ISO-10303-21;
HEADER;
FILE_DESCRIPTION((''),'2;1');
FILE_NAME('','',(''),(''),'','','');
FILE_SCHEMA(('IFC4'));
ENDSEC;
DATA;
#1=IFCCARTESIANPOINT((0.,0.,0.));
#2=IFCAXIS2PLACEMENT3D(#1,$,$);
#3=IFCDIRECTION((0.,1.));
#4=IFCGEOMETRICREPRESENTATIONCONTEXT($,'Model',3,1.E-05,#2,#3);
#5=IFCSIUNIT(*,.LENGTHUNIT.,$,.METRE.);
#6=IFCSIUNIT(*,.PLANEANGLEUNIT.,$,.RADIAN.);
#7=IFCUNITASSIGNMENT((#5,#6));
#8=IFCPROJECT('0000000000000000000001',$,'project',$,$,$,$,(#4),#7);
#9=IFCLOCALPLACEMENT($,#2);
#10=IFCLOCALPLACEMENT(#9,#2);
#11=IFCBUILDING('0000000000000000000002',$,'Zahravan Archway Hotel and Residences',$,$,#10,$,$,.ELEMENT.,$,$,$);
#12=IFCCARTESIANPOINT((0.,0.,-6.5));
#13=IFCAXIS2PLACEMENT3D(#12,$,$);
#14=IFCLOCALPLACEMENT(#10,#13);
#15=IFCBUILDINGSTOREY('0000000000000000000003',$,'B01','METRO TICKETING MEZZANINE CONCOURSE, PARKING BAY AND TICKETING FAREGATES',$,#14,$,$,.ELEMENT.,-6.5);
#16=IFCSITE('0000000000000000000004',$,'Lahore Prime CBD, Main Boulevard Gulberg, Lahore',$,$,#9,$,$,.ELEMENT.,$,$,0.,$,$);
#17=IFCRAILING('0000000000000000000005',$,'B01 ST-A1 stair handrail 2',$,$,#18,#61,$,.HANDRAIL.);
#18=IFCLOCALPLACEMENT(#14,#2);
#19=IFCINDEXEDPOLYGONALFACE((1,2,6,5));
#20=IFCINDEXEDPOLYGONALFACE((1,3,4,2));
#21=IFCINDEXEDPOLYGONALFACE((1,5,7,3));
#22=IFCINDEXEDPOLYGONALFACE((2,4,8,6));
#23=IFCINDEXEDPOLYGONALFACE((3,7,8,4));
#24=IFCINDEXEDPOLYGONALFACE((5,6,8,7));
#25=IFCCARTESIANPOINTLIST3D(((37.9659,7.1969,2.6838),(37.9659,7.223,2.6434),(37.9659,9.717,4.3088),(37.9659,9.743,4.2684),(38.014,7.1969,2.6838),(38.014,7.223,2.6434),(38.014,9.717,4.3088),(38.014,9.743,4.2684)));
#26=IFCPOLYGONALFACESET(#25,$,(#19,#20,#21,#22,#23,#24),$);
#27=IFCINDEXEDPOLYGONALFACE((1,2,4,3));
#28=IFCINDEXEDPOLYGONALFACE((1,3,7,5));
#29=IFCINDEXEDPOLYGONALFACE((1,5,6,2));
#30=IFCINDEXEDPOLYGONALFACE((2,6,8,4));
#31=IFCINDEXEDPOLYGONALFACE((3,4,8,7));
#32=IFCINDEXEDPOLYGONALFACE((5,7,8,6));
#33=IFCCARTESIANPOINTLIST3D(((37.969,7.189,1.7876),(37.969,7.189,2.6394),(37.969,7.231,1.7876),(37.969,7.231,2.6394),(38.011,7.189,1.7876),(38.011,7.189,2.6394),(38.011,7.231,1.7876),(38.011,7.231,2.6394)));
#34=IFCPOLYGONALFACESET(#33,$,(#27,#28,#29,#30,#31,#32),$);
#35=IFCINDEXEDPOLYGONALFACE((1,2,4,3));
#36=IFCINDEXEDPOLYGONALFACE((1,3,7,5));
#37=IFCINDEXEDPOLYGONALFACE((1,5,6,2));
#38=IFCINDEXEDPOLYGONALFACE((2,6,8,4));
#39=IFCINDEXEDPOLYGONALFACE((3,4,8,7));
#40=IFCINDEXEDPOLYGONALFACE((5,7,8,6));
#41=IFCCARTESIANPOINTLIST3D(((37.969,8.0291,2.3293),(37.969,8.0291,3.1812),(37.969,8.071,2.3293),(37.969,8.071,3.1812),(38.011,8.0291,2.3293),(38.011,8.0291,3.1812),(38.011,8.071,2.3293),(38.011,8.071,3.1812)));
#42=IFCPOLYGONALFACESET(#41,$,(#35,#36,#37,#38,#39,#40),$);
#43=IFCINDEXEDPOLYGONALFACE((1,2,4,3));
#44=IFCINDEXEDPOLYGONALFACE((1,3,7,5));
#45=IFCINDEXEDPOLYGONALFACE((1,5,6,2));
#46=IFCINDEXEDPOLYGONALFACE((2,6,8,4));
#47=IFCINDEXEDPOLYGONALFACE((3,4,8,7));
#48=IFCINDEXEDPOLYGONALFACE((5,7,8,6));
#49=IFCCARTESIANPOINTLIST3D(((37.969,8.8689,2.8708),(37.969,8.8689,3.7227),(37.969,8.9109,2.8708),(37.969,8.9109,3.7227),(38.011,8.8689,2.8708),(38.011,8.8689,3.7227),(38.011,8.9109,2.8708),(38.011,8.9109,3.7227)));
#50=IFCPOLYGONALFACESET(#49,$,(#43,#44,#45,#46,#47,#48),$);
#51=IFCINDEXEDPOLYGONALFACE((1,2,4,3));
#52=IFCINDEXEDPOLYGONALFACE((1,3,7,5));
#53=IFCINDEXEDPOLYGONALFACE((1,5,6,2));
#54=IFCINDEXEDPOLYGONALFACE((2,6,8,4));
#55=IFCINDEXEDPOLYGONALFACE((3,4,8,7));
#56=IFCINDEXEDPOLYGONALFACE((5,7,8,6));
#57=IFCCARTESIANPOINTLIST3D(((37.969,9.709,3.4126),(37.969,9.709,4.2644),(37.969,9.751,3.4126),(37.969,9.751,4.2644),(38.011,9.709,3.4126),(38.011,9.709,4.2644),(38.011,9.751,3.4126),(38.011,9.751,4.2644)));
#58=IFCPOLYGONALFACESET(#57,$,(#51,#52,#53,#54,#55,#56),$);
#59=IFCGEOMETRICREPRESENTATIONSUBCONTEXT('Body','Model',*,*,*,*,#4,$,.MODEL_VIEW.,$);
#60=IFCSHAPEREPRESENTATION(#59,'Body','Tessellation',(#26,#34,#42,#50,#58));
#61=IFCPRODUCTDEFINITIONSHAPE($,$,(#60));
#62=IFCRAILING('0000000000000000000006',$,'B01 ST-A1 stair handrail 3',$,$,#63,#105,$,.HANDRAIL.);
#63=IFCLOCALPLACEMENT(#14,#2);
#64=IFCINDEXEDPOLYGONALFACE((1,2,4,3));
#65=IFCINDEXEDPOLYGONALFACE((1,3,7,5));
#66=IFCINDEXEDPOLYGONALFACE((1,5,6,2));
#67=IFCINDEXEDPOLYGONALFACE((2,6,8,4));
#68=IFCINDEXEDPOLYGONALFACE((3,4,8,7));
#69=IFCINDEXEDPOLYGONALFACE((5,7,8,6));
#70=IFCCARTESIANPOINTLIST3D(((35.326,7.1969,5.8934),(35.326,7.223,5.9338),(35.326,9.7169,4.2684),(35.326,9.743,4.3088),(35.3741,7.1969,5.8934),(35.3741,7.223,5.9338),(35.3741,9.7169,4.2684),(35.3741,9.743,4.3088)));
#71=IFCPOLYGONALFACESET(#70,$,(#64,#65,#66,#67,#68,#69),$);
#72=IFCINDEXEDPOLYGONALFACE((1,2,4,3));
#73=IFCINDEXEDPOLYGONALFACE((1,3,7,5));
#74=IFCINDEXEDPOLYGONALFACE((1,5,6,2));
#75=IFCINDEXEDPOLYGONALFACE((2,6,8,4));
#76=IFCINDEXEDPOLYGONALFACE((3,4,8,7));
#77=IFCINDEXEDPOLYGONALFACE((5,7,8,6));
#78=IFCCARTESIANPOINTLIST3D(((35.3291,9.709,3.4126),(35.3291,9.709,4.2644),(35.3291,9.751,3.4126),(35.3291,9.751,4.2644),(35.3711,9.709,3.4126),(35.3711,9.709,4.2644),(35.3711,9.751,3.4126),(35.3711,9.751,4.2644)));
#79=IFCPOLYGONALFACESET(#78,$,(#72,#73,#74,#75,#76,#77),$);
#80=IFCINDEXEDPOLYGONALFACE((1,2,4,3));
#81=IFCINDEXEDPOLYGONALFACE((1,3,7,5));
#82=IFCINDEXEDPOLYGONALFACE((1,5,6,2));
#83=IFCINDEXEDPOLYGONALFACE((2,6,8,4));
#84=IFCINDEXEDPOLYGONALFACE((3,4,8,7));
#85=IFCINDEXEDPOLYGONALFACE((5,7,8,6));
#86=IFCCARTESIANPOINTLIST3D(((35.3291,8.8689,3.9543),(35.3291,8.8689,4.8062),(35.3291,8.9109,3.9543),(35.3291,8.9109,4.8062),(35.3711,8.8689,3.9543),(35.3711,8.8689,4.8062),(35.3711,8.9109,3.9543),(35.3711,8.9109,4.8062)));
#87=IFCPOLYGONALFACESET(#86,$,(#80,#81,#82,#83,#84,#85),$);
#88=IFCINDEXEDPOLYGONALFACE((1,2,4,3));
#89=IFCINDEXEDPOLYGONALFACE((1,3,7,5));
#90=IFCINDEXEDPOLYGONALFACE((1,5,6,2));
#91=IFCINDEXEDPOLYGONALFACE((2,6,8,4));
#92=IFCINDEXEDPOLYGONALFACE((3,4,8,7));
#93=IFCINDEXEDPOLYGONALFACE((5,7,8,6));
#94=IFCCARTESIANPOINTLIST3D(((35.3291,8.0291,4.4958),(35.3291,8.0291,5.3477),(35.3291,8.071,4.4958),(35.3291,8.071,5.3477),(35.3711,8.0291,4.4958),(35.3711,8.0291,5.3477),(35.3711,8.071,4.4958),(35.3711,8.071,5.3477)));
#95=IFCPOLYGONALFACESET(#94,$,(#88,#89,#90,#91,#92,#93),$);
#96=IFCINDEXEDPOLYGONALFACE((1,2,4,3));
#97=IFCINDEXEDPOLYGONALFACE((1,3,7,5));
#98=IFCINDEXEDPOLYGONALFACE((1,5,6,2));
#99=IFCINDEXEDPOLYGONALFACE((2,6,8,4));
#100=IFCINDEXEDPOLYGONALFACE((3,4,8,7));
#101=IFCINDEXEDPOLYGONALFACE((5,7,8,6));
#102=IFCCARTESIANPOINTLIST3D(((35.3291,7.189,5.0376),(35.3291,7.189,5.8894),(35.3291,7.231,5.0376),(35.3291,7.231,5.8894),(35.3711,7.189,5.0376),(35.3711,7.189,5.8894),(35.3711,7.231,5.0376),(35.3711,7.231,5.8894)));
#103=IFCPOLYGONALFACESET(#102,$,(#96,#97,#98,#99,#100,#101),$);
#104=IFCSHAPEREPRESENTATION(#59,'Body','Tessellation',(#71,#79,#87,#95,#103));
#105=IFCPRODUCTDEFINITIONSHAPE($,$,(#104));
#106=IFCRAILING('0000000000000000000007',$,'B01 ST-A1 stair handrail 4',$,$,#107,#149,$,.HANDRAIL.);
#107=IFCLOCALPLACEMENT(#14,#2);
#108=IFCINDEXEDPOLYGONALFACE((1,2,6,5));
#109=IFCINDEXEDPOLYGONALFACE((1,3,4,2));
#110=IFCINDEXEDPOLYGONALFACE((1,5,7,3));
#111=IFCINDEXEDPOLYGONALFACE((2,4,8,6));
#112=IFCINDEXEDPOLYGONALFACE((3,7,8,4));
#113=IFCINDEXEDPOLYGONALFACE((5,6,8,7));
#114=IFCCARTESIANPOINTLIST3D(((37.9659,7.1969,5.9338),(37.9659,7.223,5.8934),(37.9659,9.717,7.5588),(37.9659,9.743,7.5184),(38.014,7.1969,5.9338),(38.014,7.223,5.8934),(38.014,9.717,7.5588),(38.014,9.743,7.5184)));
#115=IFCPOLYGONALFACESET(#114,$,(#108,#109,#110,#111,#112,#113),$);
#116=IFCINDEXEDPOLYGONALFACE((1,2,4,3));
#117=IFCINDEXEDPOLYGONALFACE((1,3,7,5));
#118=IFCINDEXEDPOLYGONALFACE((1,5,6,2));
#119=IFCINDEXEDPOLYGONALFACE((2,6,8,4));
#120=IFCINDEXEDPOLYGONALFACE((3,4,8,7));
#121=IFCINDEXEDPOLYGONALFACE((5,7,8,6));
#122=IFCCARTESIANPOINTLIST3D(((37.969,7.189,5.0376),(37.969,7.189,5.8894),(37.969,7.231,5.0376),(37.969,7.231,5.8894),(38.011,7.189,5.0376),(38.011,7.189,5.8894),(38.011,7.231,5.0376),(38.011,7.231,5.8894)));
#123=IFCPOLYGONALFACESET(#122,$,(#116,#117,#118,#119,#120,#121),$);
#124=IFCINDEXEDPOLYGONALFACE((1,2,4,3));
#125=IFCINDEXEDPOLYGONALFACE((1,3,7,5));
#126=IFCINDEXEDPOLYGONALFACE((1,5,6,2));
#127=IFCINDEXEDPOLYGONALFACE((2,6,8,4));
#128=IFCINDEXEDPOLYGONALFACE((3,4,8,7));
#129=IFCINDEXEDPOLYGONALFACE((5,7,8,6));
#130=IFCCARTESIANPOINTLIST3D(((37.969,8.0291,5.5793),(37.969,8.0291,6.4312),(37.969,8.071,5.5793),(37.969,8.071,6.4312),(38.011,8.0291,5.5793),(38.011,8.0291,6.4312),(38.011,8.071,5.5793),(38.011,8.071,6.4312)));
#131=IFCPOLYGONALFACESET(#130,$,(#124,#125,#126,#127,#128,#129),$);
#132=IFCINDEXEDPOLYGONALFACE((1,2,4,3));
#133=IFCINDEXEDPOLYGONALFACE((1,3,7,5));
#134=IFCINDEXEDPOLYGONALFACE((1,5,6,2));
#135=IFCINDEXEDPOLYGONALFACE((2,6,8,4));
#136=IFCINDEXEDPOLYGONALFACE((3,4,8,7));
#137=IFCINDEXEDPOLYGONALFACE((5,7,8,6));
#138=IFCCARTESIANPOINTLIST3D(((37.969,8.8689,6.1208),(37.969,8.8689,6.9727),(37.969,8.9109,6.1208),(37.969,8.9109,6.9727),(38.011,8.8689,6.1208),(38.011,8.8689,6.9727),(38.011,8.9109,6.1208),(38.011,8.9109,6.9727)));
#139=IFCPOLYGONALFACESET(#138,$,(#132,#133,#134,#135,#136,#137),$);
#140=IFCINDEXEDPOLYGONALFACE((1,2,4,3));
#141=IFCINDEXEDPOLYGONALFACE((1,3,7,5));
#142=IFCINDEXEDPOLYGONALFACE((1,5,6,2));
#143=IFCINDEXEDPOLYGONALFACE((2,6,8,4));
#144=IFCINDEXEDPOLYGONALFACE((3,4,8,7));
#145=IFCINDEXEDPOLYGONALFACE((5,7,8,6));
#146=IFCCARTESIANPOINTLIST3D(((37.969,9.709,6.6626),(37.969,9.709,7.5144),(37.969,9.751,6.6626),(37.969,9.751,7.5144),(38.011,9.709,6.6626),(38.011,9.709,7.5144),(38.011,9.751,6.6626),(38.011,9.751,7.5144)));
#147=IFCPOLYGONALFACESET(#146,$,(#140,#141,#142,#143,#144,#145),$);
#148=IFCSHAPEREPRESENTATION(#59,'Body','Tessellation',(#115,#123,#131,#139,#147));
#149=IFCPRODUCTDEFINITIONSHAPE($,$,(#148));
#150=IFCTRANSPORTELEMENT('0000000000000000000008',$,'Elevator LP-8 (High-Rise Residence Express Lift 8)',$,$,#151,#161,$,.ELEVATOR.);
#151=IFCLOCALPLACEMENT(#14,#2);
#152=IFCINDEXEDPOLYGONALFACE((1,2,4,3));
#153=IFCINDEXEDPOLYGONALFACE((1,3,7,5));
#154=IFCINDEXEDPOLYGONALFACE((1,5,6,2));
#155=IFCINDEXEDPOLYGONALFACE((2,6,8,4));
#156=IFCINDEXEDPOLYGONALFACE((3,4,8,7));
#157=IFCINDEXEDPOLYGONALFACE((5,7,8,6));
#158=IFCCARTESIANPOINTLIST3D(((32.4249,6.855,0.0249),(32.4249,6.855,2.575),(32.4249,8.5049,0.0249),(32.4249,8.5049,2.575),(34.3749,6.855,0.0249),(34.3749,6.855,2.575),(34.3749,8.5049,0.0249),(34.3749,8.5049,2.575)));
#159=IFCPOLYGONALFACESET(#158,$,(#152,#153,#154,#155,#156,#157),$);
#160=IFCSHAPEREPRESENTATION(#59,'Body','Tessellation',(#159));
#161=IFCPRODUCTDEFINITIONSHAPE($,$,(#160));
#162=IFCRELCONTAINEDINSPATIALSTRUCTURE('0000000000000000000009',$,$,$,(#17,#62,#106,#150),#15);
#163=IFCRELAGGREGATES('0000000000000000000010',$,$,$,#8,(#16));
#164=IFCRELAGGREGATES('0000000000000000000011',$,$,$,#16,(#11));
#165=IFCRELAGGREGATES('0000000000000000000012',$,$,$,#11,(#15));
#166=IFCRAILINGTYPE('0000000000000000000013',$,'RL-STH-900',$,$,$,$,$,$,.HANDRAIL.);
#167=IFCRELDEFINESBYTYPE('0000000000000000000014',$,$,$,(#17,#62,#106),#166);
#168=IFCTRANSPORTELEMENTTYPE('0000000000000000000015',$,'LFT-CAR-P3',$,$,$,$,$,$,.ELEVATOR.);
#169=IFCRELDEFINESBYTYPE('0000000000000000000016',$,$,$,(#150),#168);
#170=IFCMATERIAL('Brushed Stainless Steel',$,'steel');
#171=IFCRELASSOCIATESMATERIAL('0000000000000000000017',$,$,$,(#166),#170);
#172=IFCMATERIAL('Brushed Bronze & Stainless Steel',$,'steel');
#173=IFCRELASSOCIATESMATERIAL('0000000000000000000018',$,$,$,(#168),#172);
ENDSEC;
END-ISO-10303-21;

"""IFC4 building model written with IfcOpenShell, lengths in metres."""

from ifc_helpers import new_model, si_unit, direction, frame, origin, origin_2d, place, context, subcontext, project, spatial, rectangle, extrude, source, transform, mapped, material, type_object, type_shapes, element, save


model = new_model("IFC4")

# Units and contexts
model_context = context("Model", 3, precision=1e-05, world=origin(), true_north=direction((0.0, 1.0)))
body_context = subcontext(model_context, "Body", "Model", "MODEL_VIEW")
ifc_project = project(units=[si_unit("LENGTHUNIT", "METRE"), si_unit("PLANEANGLEUNIT", "RADIAN")], contexts=[model_context])

# Site, building, storey
site_placement = place(None, origin())
site = spatial("IfcSite", under=ifc_project, at=site_placement, Name="Lahore Prime CBD, Main Boulevard Gulberg, Lahore", CompositionType="ELEMENT", RefElevation=0.0)
building_placement = place(site_placement, origin())
building = spatial("IfcBuilding", under=site, at=building_placement, Name="Zahravan Archway Hotel and Residences", CompositionType="ELEMENT")
storey_placement = place(building_placement, frame((0.0, 0.0, -6.5)))
storey = spatial("IfcBuildingStorey", under=building, at=storey_placement, Name="B01", Description="METRO TICKETING MEZZANINE CONCOURSE, PARKING BAY AND TICKETING FAREGATES", CompositionType="ELEMENT", Elevation=-6.5)

# Railings
ifc_material_1 = material(Name="Brushed Stainless Steel", Category="steel")
railing_type_1 = type_object("IfcRailingType", Name="RL-STH-900", PredefinedType="HANDRAIL", material=ifc_material_1)
railing_1_placement = place(storey_placement, frame((37.99, 7.21, 1.7876)))
element("IfcRailing", 1, at=railing_1_placement, inside=storey, type_object=railing_type_1, Name="B01 ST-A1 stair handrail 2", PredefinedType="HANDRAIL", context=body_context, shape_type="SweptSolid", body=[
    extrude(rectangle(XDim=0.0481, YDim=0.0481, at=origin_2d()), frame((0.0, 0.0, 0.876), z_axis=(0.0, 0.840421, 0.541934), x_axis=(-1.0, 0.0, 0.0)), (0.0, 0.0, 1.0), 2.9985),
    extrude(rectangle(XDim=0.042, YDim=0.042, at=origin_2d()), origin(), (0.0, 0.0, 1.0), 0.8518),
    extrude(rectangle(XDim=0.042, YDim=0.042, at=origin_2d()), frame((0.0, 0.8401, 0.5417)), (0.0, 0.0, 1.0), 0.8518),
    extrude(rectangle(XDim=0.042, YDim=0.042, at=origin_2d()), frame((0.0, 1.6799, 1.0833)), (0.0, 0.0, 1.0), 0.8518),
    extrude(rectangle(XDim=0.042, YDim=0.042, at=origin_2d()), frame((0.0, 2.52, 1.625)), (0.0, 0.0, 1.0), 0.8518),
])
railing_2_placement = place(storey_placement, frame((35.3501, 9.73, 3.4126)))
element("IfcRailing", 2, at=railing_2_placement, inside=storey, type_object=railing_type_1, Name="B01 ST-A1 stair handrail 3", PredefinedType="HANDRAIL", context=body_context, shape_type="SweptSolid", body=[
    extrude(rectangle(XDim=0.0481, YDim=0.0481, at=origin_2d()), frame((0.0, 0.0, 0.876), z_axis=(0.0, -0.840421, 0.541934), x_axis=(1.0, 0.0, 0.0)), (0.0, 0.0, 1.0), 2.9985),
    extrude(rectangle(XDim=0.042, YDim=0.042, at=origin_2d()), origin(), (0.0, 0.0, 1.0), 0.8518),
    extrude(rectangle(XDim=0.042, YDim=0.042, at=origin_2d()), frame((0.0, -0.8401, 0.5417)), (0.0, 0.0, 1.0), 0.8518),
    extrude(rectangle(XDim=0.042, YDim=0.042, at=origin_2d()), frame((0.0, -1.6799, 1.0833)), (0.0, 0.0, 1.0), 0.8518),
    extrude(rectangle(XDim=0.042, YDim=0.042, at=origin_2d()), frame((0.0, -2.52, 1.625)), (0.0, 0.0, 1.0), 0.8518),
])
railing_3_placement = place(storey_placement, frame((37.99, 7.21, 5.0376)))
element("IfcRailing", 3, at=railing_3_placement, inside=storey, type_object=railing_type_1, Name="B01 ST-A1 stair handrail 4", PredefinedType="HANDRAIL", context=body_context, shape_type="SweptSolid", body=[
    extrude(rectangle(XDim=0.0481, YDim=0.0481, at=origin_2d()), frame((0.0, 0.0, 0.876), z_axis=(0.0, 0.840421, 0.541934), x_axis=(-1.0, 0.0, 0.0)), (0.0, 0.0, 1.0), 2.9985),
    extrude(rectangle(XDim=0.042, YDim=0.042, at=origin_2d()), origin(), (0.0, 0.0, 1.0), 0.8518),
    extrude(rectangle(XDim=0.042, YDim=0.042, at=origin_2d()), frame((0.0, 0.8401, 0.5417)), (0.0, 0.0, 1.0), 0.8518),
    extrude(rectangle(XDim=0.042, YDim=0.042, at=origin_2d()), frame((0.0, 1.6799, 1.0833)), (0.0, 0.0, 1.0), 0.8518),
    extrude(rectangle(XDim=0.042, YDim=0.042, at=origin_2d()), frame((0.0, 2.52, 1.625)), (0.0, 0.0, 1.0), 0.8518),
])

# Transport element
ifc_material_2 = material(Name="Brushed Bronze & Stainless Steel", Category="steel")
transport_element_type = type_object("IfcTransportElementType", Name="LFT-CAR-P3", PredefinedType="ELEVATOR", material=ifc_material_2)
shared_shape_1 = source(origin(), body_context, "Body", "SweptSolid", [
    extrude(rectangle(XDim=1.95, YDim=1.6499, at=origin_2d()), origin(), (0.0, 0.0, 1.0), 2.55),
])
type_shapes(transport_element_type, [shared_shape_1])
transport_element_placement = place(storey_placement, frame((33.3999, 7.6799, 0.0249), z_axis=(0.0, 0.0, 1.0), x_axis=(1.0, 0.0, 0.0)))
element("IfcTransportElement", 4, at=transport_element_placement, inside=storey, type_object=transport_element_type, Name="Elevator LP-8 (High-Rise Residence Express Lift 8)", PredefinedType="ELEVATOR", context=body_context, shape_type="MappedRepresentation", body=[
    mapped(shared_shape_1, transform((0.0, 0.0, 0.0), scale=1.0)),
])

save(model, "model.ifc")
